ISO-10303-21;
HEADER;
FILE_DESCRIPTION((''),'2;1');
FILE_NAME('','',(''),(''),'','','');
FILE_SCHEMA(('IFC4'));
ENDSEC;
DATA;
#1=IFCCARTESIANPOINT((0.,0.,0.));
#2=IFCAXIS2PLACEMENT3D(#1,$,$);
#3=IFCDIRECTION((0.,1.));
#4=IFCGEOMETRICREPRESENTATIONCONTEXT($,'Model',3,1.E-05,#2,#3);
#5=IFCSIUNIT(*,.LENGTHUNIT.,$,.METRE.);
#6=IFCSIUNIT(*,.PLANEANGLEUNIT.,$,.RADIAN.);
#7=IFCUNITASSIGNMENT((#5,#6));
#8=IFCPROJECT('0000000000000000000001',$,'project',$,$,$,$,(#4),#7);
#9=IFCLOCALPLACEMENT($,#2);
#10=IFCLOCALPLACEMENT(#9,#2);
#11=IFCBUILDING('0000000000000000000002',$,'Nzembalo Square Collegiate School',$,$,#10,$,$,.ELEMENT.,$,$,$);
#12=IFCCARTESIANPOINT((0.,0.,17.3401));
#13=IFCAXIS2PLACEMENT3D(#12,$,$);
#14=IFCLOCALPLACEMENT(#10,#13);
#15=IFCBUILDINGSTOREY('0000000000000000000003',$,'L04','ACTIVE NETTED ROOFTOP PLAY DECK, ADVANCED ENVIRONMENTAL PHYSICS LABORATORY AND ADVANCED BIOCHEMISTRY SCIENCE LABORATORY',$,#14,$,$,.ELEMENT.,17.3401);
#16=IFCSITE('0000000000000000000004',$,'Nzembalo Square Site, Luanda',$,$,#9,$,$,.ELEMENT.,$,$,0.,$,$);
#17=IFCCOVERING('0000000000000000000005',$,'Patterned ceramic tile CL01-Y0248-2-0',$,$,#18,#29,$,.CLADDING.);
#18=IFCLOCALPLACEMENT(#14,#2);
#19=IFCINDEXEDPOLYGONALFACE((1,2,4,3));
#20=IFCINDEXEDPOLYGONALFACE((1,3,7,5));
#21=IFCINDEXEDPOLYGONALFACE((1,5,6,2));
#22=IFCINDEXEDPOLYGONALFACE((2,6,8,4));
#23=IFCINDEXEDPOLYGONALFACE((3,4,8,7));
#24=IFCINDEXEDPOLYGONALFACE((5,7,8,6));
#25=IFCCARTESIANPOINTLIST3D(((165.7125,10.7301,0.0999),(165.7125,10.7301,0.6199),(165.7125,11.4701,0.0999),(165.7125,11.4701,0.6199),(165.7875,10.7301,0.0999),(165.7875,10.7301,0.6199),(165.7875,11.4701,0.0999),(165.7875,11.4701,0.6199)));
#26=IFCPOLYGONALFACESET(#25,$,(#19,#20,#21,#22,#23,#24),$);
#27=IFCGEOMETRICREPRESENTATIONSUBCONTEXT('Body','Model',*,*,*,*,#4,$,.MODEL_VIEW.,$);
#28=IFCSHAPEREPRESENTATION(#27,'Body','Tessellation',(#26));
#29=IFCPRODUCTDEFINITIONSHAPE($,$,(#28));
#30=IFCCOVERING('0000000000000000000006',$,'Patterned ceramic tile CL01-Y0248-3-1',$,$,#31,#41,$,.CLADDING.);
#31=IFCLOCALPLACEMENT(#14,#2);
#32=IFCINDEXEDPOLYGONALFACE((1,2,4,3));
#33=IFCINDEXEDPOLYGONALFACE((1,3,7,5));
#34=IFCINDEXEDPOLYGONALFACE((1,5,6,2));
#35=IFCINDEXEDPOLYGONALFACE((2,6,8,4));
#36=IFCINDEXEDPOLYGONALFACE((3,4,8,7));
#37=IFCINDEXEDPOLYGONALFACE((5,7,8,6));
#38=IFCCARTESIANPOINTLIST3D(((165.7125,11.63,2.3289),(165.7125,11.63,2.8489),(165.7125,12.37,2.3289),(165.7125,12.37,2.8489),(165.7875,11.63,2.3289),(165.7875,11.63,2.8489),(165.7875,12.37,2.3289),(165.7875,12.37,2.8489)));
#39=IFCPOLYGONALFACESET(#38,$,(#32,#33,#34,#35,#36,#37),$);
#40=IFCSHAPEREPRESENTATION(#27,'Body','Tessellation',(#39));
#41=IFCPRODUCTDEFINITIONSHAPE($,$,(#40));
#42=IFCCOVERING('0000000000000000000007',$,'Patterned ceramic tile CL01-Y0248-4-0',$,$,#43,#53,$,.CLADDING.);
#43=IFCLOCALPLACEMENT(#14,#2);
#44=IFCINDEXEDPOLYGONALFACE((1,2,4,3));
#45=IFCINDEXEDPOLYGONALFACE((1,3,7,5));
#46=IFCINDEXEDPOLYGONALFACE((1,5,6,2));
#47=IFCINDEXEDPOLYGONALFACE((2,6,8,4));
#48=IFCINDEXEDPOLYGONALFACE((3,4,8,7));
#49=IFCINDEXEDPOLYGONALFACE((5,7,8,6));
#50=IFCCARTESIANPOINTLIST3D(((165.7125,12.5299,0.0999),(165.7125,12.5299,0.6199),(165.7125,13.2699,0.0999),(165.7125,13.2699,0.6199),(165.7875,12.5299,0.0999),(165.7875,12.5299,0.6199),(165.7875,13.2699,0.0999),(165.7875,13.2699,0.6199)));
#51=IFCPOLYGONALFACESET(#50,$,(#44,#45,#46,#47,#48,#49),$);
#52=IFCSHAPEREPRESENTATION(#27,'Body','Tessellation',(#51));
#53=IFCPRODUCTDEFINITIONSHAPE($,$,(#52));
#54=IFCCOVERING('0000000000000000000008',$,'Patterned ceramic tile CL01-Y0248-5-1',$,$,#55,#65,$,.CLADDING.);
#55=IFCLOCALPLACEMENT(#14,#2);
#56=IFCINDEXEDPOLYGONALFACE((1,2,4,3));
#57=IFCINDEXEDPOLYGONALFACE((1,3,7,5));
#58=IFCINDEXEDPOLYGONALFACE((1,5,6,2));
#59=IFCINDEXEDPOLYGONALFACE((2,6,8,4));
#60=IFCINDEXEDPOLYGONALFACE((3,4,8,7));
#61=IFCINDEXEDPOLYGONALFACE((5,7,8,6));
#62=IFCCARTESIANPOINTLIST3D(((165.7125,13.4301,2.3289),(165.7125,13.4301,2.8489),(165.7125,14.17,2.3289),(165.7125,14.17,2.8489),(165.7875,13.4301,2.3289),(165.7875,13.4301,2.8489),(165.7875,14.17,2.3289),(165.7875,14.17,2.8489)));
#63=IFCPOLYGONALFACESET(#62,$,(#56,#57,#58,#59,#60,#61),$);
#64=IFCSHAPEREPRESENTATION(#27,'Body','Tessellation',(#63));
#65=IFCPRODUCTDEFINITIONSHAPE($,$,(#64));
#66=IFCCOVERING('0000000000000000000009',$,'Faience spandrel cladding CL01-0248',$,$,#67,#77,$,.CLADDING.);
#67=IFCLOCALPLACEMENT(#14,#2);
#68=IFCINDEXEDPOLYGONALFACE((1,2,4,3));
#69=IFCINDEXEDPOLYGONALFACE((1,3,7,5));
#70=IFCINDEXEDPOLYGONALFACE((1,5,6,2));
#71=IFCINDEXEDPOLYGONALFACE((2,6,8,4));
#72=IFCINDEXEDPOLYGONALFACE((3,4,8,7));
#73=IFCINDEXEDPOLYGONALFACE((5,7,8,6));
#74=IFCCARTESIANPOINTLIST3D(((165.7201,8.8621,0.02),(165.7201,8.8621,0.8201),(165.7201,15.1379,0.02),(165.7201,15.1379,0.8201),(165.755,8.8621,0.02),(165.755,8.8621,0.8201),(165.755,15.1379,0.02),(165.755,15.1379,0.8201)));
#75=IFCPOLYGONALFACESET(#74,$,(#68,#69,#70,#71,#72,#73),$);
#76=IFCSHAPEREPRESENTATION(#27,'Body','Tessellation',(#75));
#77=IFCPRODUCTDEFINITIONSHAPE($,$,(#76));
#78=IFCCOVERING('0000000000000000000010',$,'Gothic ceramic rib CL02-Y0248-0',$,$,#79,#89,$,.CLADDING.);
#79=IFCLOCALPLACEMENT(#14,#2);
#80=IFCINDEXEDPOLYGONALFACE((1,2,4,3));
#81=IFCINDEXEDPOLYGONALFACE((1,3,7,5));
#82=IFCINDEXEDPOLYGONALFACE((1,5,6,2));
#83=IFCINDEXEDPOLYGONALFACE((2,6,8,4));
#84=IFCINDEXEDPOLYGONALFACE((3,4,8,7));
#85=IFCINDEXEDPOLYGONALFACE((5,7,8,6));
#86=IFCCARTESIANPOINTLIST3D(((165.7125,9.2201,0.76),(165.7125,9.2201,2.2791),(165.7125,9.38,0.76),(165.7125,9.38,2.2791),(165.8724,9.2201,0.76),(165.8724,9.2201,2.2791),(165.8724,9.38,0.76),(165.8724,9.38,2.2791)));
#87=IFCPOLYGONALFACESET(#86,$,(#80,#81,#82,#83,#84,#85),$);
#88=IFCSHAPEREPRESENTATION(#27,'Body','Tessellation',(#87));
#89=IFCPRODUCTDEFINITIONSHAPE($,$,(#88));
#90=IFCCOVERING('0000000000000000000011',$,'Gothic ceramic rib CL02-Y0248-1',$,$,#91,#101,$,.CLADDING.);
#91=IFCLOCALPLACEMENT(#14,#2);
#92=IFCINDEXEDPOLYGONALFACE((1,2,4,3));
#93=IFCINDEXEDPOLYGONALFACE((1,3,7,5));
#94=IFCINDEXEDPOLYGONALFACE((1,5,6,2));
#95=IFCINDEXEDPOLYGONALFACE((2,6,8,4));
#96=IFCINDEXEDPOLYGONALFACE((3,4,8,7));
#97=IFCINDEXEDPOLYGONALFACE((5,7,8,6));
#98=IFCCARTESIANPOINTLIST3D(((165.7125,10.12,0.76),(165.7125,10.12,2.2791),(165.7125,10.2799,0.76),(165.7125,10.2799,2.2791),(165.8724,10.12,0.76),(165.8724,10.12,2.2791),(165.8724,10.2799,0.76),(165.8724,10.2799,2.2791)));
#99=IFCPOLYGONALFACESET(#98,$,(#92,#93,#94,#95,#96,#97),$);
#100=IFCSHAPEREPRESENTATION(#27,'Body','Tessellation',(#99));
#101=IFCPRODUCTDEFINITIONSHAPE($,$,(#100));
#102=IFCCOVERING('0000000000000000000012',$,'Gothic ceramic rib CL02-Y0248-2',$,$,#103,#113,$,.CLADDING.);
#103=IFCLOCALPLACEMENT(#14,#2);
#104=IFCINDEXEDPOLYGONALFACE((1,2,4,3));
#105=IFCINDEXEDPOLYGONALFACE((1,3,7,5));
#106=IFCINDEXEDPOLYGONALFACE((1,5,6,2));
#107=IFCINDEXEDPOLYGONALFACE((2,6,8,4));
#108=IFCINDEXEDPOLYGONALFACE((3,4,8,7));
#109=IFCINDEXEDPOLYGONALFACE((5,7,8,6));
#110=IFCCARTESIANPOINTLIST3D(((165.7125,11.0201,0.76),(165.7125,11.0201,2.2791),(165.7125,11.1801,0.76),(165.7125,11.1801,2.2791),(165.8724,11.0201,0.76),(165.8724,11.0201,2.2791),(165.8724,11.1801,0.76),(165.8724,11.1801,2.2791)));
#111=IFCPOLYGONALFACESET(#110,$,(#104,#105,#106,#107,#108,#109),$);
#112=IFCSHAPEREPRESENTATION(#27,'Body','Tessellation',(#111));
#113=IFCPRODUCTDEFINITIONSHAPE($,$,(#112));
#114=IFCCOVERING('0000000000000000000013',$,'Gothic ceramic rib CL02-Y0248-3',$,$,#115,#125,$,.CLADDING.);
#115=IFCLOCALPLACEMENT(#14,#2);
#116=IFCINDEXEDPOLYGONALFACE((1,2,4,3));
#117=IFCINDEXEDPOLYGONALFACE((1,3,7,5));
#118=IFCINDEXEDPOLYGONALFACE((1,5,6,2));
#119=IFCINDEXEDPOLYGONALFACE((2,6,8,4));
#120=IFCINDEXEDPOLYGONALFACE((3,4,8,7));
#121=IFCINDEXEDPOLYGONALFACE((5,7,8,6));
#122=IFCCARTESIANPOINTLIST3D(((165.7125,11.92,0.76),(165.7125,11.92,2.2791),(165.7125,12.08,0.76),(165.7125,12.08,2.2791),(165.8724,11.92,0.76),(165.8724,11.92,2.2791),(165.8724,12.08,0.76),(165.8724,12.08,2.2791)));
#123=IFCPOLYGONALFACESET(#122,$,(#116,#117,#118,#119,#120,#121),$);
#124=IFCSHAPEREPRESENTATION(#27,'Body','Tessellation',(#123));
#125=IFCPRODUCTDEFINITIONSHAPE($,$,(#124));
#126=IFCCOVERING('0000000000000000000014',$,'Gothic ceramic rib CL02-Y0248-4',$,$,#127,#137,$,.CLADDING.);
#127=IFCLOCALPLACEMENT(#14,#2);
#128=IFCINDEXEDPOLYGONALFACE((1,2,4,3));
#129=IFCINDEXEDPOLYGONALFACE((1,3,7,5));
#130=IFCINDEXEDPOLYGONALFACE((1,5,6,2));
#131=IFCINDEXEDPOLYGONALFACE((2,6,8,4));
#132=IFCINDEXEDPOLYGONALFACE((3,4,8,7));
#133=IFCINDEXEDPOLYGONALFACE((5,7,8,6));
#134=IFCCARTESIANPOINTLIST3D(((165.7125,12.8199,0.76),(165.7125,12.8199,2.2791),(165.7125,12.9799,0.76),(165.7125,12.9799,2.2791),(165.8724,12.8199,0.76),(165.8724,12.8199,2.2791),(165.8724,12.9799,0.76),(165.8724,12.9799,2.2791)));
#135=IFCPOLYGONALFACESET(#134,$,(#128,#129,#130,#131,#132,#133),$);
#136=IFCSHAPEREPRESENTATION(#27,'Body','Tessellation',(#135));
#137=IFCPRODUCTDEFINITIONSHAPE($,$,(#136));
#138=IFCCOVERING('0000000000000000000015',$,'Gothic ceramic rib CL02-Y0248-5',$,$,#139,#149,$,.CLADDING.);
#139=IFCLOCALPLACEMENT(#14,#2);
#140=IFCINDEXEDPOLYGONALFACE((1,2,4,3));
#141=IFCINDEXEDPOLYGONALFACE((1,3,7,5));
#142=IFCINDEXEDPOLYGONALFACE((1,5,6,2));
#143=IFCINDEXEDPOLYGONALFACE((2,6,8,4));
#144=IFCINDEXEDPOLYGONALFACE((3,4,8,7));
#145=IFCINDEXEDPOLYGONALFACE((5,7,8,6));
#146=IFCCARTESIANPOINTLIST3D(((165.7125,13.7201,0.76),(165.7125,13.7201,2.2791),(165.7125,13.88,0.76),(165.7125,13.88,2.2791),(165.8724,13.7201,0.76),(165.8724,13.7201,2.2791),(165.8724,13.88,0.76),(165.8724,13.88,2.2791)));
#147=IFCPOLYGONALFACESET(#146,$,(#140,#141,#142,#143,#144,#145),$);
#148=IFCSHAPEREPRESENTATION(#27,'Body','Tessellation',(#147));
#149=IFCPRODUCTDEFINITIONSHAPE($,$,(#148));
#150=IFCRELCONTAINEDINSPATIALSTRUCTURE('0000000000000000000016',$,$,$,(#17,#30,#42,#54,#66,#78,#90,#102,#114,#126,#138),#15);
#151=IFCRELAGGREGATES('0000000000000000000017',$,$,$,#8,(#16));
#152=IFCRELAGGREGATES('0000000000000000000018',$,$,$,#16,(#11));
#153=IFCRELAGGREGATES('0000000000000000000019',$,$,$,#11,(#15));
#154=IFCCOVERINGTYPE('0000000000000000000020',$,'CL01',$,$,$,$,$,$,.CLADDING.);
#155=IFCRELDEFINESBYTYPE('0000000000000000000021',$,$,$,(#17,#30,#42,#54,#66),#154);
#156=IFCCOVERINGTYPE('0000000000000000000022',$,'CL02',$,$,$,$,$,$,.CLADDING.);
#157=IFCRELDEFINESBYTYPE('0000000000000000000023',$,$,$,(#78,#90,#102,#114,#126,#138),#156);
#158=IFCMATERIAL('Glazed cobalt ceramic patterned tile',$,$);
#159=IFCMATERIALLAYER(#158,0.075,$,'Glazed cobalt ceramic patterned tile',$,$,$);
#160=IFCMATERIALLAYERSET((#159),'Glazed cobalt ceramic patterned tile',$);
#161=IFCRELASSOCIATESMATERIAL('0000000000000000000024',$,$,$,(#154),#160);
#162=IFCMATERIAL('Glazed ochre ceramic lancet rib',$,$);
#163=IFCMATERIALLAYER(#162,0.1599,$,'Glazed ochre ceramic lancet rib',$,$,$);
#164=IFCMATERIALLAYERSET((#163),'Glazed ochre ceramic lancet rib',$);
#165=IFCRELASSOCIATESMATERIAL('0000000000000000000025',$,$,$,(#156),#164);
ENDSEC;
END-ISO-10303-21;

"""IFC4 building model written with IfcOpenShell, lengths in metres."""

from ifc_helpers import new_model, si_unit, direction, frame, origin, origin_2d, place, context, subcontext, project, spatial, rectangle, extrude, material, layer, layer_set, type_object, element, save


model = new_model("IFC4")

# Units and contexts
model_context = context("Model", 3, precision=1e-05, world=origin(), true_north=direction((0.0, 1.0)))
body_context = subcontext(model_context, "Body", "Model", "MODEL_VIEW")
ifc_project = project(units=[si_unit("LENGTHUNIT", "METRE"), si_unit("PLANEANGLEUNIT", "RADIAN")], contexts=[model_context])

# Site, building, storey
site_placement = place(None, origin())
site = spatial("IfcSite", under=ifc_project, at=site_placement, Name="Nzembalo Square Site, Luanda", CompositionType="ELEMENT", RefElevation=0.0)
building_placement = place(site_placement, origin())
building = spatial("IfcBuilding", under=site, at=building_placement, Name="Nzembalo Square Collegiate School", CompositionType="ELEMENT")
storey_placement = place(building_placement, frame((0.0, 0.0, 17.3401)))
storey = spatial("IfcBuildingStorey", under=building, at=storey_placement, Name="L04", Description="ACTIVE NETTED ROOFTOP PLAY DECK, ADVANCED ENVIRONMENTAL PHYSICS LABORATORY AND ADVANCED BIOCHEMISTRY SCIENCE LABORATORY", CompositionType="ELEMENT", Elevation=17.3401)

# Coverings
ifc_material_1 = material(Name="Glazed cobalt ceramic patterned tile")
ifc_layer_1 = layer(ifc_material_1, 0.075, Name="Glazed cobalt ceramic patterned tile")
ifc_layer_set_1 = layer_set([ifc_layer_1], Name="Glazed cobalt ceramic patterned tile")
covering_type_1 = type_object("IfcCoveringType", Name="CL01", PredefinedType="CLADDING", material=ifc_layer_set_1)
for number, where, z_axis, x_axis, name in (
    (1, (165.75, 11.1001, 0.0999), (0.0, 0.0, 1.0), (1.0, 0.0, 0.0), "Patterned ceramic tile CL01-Y0248-2-0"),
    (2, (165.75, 12.0, 2.3289), (0.0, 0.0, 1.0), (1.0, 0.0, 0.0), "Patterned ceramic tile CL01-Y0248-3-1"),
    (3, (165.75, 12.8999, 0.0999), (0.0, 0.0, 1.0), (1.0, 0.0, 0.0), "Patterned ceramic tile CL01-Y0248-4-0"),
    (4, (165.75, 13.8, 2.3289), (0.0, 0.0, 1.0), (1.0, 0.0, 0.0), "Patterned ceramic tile CL01-Y0248-5-1"),
):
    element("IfcCovering", number, at=place(storey_placement, frame(where, z_axis=z_axis, x_axis=x_axis)), inside=storey, type_object=covering_type_1, Name=name, PredefinedType="CLADDING", context=body_context, shape_type="SweptSolid", body=[
        extrude(rectangle(XDim=0.075, YDim=0.74, at=origin_2d()), origin(), (0.0, 0.0, 1.0), 0.52),
    ])
covering_placement = place(storey_placement, frame((165.7375, 12.0, 0.02), z_axis=(0.0, 0.0, 1.0), x_axis=(1.0, 0.0, 0.0)))
element("IfcCovering", 5, at=covering_placement, inside=storey, type_object=covering_type_1, Name="Faience spandrel cladding CL01-0248", PredefinedType="CLADDING", context=body_context, shape_type="SweptSolid", body=[
    extrude(rectangle(XDim=0.0349, YDim=6.2759, at=origin_2d()), origin(), (0.0, 0.0, 1.0), 0.8),
])
ifc_material_2 = material(Name="Glazed ochre ceramic lancet rib")
ifc_layer_2 = layer(ifc_material_2, 0.1599, Name="Glazed ochre ceramic lancet rib")
ifc_layer_set_2 = layer_set([ifc_layer_2], Name="Glazed ochre ceramic lancet rib")
covering_type_2 = type_object("IfcCoveringType", Name="CL02", PredefinedType="CLADDING", material=ifc_layer_set_2)
for number, where, z_axis, x_axis, name in (
    (6, (165.7925, 9.3, 0.76), (0.0, 0.0, 1.0), (1.0, 0.0, 0.0), "Gothic ceramic rib CL02-Y0248-0"),
    (7, (165.7925, 10.2, 0.76), (0.0, 0.0, 1.0), (1.0, 0.0, 0.0), "Gothic ceramic rib CL02-Y0248-1"),
    (8, (165.7925, 11.1001, 0.76), (0.0, 0.0, 1.0), (1.0, 0.0, 0.0), "Gothic ceramic rib CL02-Y0248-2"),
    (9, (165.7925, 12.0, 0.76), (0.0, 0.0, 1.0), (1.0, 0.0, 0.0), "Gothic ceramic rib CL02-Y0248-3"),
    (10, (165.7925, 12.8999, 0.76), (0.0, 0.0, 1.0), (1.0, 0.0, 0.0), "Gothic ceramic rib CL02-Y0248-4"),
    (11, (165.7925, 13.8, 0.76), (0.0, 0.0, 1.0), (1.0, 0.0, 0.0), "Gothic ceramic rib CL02-Y0248-5"),
):
    element("IfcCovering", number, at=place(storey_placement, frame(where, z_axis=z_axis, x_axis=x_axis)), inside=storey, type_object=covering_type_2, Name=name, PredefinedType="CLADDING", context=body_context, shape_type="SweptSolid", body=[
        extrude(rectangle(XDim=0.1599, YDim=0.1599, at=origin_2d()), origin(), (0.0, 0.0, 1.0), 1.519),
    ])

save(model, "model.ifc")
